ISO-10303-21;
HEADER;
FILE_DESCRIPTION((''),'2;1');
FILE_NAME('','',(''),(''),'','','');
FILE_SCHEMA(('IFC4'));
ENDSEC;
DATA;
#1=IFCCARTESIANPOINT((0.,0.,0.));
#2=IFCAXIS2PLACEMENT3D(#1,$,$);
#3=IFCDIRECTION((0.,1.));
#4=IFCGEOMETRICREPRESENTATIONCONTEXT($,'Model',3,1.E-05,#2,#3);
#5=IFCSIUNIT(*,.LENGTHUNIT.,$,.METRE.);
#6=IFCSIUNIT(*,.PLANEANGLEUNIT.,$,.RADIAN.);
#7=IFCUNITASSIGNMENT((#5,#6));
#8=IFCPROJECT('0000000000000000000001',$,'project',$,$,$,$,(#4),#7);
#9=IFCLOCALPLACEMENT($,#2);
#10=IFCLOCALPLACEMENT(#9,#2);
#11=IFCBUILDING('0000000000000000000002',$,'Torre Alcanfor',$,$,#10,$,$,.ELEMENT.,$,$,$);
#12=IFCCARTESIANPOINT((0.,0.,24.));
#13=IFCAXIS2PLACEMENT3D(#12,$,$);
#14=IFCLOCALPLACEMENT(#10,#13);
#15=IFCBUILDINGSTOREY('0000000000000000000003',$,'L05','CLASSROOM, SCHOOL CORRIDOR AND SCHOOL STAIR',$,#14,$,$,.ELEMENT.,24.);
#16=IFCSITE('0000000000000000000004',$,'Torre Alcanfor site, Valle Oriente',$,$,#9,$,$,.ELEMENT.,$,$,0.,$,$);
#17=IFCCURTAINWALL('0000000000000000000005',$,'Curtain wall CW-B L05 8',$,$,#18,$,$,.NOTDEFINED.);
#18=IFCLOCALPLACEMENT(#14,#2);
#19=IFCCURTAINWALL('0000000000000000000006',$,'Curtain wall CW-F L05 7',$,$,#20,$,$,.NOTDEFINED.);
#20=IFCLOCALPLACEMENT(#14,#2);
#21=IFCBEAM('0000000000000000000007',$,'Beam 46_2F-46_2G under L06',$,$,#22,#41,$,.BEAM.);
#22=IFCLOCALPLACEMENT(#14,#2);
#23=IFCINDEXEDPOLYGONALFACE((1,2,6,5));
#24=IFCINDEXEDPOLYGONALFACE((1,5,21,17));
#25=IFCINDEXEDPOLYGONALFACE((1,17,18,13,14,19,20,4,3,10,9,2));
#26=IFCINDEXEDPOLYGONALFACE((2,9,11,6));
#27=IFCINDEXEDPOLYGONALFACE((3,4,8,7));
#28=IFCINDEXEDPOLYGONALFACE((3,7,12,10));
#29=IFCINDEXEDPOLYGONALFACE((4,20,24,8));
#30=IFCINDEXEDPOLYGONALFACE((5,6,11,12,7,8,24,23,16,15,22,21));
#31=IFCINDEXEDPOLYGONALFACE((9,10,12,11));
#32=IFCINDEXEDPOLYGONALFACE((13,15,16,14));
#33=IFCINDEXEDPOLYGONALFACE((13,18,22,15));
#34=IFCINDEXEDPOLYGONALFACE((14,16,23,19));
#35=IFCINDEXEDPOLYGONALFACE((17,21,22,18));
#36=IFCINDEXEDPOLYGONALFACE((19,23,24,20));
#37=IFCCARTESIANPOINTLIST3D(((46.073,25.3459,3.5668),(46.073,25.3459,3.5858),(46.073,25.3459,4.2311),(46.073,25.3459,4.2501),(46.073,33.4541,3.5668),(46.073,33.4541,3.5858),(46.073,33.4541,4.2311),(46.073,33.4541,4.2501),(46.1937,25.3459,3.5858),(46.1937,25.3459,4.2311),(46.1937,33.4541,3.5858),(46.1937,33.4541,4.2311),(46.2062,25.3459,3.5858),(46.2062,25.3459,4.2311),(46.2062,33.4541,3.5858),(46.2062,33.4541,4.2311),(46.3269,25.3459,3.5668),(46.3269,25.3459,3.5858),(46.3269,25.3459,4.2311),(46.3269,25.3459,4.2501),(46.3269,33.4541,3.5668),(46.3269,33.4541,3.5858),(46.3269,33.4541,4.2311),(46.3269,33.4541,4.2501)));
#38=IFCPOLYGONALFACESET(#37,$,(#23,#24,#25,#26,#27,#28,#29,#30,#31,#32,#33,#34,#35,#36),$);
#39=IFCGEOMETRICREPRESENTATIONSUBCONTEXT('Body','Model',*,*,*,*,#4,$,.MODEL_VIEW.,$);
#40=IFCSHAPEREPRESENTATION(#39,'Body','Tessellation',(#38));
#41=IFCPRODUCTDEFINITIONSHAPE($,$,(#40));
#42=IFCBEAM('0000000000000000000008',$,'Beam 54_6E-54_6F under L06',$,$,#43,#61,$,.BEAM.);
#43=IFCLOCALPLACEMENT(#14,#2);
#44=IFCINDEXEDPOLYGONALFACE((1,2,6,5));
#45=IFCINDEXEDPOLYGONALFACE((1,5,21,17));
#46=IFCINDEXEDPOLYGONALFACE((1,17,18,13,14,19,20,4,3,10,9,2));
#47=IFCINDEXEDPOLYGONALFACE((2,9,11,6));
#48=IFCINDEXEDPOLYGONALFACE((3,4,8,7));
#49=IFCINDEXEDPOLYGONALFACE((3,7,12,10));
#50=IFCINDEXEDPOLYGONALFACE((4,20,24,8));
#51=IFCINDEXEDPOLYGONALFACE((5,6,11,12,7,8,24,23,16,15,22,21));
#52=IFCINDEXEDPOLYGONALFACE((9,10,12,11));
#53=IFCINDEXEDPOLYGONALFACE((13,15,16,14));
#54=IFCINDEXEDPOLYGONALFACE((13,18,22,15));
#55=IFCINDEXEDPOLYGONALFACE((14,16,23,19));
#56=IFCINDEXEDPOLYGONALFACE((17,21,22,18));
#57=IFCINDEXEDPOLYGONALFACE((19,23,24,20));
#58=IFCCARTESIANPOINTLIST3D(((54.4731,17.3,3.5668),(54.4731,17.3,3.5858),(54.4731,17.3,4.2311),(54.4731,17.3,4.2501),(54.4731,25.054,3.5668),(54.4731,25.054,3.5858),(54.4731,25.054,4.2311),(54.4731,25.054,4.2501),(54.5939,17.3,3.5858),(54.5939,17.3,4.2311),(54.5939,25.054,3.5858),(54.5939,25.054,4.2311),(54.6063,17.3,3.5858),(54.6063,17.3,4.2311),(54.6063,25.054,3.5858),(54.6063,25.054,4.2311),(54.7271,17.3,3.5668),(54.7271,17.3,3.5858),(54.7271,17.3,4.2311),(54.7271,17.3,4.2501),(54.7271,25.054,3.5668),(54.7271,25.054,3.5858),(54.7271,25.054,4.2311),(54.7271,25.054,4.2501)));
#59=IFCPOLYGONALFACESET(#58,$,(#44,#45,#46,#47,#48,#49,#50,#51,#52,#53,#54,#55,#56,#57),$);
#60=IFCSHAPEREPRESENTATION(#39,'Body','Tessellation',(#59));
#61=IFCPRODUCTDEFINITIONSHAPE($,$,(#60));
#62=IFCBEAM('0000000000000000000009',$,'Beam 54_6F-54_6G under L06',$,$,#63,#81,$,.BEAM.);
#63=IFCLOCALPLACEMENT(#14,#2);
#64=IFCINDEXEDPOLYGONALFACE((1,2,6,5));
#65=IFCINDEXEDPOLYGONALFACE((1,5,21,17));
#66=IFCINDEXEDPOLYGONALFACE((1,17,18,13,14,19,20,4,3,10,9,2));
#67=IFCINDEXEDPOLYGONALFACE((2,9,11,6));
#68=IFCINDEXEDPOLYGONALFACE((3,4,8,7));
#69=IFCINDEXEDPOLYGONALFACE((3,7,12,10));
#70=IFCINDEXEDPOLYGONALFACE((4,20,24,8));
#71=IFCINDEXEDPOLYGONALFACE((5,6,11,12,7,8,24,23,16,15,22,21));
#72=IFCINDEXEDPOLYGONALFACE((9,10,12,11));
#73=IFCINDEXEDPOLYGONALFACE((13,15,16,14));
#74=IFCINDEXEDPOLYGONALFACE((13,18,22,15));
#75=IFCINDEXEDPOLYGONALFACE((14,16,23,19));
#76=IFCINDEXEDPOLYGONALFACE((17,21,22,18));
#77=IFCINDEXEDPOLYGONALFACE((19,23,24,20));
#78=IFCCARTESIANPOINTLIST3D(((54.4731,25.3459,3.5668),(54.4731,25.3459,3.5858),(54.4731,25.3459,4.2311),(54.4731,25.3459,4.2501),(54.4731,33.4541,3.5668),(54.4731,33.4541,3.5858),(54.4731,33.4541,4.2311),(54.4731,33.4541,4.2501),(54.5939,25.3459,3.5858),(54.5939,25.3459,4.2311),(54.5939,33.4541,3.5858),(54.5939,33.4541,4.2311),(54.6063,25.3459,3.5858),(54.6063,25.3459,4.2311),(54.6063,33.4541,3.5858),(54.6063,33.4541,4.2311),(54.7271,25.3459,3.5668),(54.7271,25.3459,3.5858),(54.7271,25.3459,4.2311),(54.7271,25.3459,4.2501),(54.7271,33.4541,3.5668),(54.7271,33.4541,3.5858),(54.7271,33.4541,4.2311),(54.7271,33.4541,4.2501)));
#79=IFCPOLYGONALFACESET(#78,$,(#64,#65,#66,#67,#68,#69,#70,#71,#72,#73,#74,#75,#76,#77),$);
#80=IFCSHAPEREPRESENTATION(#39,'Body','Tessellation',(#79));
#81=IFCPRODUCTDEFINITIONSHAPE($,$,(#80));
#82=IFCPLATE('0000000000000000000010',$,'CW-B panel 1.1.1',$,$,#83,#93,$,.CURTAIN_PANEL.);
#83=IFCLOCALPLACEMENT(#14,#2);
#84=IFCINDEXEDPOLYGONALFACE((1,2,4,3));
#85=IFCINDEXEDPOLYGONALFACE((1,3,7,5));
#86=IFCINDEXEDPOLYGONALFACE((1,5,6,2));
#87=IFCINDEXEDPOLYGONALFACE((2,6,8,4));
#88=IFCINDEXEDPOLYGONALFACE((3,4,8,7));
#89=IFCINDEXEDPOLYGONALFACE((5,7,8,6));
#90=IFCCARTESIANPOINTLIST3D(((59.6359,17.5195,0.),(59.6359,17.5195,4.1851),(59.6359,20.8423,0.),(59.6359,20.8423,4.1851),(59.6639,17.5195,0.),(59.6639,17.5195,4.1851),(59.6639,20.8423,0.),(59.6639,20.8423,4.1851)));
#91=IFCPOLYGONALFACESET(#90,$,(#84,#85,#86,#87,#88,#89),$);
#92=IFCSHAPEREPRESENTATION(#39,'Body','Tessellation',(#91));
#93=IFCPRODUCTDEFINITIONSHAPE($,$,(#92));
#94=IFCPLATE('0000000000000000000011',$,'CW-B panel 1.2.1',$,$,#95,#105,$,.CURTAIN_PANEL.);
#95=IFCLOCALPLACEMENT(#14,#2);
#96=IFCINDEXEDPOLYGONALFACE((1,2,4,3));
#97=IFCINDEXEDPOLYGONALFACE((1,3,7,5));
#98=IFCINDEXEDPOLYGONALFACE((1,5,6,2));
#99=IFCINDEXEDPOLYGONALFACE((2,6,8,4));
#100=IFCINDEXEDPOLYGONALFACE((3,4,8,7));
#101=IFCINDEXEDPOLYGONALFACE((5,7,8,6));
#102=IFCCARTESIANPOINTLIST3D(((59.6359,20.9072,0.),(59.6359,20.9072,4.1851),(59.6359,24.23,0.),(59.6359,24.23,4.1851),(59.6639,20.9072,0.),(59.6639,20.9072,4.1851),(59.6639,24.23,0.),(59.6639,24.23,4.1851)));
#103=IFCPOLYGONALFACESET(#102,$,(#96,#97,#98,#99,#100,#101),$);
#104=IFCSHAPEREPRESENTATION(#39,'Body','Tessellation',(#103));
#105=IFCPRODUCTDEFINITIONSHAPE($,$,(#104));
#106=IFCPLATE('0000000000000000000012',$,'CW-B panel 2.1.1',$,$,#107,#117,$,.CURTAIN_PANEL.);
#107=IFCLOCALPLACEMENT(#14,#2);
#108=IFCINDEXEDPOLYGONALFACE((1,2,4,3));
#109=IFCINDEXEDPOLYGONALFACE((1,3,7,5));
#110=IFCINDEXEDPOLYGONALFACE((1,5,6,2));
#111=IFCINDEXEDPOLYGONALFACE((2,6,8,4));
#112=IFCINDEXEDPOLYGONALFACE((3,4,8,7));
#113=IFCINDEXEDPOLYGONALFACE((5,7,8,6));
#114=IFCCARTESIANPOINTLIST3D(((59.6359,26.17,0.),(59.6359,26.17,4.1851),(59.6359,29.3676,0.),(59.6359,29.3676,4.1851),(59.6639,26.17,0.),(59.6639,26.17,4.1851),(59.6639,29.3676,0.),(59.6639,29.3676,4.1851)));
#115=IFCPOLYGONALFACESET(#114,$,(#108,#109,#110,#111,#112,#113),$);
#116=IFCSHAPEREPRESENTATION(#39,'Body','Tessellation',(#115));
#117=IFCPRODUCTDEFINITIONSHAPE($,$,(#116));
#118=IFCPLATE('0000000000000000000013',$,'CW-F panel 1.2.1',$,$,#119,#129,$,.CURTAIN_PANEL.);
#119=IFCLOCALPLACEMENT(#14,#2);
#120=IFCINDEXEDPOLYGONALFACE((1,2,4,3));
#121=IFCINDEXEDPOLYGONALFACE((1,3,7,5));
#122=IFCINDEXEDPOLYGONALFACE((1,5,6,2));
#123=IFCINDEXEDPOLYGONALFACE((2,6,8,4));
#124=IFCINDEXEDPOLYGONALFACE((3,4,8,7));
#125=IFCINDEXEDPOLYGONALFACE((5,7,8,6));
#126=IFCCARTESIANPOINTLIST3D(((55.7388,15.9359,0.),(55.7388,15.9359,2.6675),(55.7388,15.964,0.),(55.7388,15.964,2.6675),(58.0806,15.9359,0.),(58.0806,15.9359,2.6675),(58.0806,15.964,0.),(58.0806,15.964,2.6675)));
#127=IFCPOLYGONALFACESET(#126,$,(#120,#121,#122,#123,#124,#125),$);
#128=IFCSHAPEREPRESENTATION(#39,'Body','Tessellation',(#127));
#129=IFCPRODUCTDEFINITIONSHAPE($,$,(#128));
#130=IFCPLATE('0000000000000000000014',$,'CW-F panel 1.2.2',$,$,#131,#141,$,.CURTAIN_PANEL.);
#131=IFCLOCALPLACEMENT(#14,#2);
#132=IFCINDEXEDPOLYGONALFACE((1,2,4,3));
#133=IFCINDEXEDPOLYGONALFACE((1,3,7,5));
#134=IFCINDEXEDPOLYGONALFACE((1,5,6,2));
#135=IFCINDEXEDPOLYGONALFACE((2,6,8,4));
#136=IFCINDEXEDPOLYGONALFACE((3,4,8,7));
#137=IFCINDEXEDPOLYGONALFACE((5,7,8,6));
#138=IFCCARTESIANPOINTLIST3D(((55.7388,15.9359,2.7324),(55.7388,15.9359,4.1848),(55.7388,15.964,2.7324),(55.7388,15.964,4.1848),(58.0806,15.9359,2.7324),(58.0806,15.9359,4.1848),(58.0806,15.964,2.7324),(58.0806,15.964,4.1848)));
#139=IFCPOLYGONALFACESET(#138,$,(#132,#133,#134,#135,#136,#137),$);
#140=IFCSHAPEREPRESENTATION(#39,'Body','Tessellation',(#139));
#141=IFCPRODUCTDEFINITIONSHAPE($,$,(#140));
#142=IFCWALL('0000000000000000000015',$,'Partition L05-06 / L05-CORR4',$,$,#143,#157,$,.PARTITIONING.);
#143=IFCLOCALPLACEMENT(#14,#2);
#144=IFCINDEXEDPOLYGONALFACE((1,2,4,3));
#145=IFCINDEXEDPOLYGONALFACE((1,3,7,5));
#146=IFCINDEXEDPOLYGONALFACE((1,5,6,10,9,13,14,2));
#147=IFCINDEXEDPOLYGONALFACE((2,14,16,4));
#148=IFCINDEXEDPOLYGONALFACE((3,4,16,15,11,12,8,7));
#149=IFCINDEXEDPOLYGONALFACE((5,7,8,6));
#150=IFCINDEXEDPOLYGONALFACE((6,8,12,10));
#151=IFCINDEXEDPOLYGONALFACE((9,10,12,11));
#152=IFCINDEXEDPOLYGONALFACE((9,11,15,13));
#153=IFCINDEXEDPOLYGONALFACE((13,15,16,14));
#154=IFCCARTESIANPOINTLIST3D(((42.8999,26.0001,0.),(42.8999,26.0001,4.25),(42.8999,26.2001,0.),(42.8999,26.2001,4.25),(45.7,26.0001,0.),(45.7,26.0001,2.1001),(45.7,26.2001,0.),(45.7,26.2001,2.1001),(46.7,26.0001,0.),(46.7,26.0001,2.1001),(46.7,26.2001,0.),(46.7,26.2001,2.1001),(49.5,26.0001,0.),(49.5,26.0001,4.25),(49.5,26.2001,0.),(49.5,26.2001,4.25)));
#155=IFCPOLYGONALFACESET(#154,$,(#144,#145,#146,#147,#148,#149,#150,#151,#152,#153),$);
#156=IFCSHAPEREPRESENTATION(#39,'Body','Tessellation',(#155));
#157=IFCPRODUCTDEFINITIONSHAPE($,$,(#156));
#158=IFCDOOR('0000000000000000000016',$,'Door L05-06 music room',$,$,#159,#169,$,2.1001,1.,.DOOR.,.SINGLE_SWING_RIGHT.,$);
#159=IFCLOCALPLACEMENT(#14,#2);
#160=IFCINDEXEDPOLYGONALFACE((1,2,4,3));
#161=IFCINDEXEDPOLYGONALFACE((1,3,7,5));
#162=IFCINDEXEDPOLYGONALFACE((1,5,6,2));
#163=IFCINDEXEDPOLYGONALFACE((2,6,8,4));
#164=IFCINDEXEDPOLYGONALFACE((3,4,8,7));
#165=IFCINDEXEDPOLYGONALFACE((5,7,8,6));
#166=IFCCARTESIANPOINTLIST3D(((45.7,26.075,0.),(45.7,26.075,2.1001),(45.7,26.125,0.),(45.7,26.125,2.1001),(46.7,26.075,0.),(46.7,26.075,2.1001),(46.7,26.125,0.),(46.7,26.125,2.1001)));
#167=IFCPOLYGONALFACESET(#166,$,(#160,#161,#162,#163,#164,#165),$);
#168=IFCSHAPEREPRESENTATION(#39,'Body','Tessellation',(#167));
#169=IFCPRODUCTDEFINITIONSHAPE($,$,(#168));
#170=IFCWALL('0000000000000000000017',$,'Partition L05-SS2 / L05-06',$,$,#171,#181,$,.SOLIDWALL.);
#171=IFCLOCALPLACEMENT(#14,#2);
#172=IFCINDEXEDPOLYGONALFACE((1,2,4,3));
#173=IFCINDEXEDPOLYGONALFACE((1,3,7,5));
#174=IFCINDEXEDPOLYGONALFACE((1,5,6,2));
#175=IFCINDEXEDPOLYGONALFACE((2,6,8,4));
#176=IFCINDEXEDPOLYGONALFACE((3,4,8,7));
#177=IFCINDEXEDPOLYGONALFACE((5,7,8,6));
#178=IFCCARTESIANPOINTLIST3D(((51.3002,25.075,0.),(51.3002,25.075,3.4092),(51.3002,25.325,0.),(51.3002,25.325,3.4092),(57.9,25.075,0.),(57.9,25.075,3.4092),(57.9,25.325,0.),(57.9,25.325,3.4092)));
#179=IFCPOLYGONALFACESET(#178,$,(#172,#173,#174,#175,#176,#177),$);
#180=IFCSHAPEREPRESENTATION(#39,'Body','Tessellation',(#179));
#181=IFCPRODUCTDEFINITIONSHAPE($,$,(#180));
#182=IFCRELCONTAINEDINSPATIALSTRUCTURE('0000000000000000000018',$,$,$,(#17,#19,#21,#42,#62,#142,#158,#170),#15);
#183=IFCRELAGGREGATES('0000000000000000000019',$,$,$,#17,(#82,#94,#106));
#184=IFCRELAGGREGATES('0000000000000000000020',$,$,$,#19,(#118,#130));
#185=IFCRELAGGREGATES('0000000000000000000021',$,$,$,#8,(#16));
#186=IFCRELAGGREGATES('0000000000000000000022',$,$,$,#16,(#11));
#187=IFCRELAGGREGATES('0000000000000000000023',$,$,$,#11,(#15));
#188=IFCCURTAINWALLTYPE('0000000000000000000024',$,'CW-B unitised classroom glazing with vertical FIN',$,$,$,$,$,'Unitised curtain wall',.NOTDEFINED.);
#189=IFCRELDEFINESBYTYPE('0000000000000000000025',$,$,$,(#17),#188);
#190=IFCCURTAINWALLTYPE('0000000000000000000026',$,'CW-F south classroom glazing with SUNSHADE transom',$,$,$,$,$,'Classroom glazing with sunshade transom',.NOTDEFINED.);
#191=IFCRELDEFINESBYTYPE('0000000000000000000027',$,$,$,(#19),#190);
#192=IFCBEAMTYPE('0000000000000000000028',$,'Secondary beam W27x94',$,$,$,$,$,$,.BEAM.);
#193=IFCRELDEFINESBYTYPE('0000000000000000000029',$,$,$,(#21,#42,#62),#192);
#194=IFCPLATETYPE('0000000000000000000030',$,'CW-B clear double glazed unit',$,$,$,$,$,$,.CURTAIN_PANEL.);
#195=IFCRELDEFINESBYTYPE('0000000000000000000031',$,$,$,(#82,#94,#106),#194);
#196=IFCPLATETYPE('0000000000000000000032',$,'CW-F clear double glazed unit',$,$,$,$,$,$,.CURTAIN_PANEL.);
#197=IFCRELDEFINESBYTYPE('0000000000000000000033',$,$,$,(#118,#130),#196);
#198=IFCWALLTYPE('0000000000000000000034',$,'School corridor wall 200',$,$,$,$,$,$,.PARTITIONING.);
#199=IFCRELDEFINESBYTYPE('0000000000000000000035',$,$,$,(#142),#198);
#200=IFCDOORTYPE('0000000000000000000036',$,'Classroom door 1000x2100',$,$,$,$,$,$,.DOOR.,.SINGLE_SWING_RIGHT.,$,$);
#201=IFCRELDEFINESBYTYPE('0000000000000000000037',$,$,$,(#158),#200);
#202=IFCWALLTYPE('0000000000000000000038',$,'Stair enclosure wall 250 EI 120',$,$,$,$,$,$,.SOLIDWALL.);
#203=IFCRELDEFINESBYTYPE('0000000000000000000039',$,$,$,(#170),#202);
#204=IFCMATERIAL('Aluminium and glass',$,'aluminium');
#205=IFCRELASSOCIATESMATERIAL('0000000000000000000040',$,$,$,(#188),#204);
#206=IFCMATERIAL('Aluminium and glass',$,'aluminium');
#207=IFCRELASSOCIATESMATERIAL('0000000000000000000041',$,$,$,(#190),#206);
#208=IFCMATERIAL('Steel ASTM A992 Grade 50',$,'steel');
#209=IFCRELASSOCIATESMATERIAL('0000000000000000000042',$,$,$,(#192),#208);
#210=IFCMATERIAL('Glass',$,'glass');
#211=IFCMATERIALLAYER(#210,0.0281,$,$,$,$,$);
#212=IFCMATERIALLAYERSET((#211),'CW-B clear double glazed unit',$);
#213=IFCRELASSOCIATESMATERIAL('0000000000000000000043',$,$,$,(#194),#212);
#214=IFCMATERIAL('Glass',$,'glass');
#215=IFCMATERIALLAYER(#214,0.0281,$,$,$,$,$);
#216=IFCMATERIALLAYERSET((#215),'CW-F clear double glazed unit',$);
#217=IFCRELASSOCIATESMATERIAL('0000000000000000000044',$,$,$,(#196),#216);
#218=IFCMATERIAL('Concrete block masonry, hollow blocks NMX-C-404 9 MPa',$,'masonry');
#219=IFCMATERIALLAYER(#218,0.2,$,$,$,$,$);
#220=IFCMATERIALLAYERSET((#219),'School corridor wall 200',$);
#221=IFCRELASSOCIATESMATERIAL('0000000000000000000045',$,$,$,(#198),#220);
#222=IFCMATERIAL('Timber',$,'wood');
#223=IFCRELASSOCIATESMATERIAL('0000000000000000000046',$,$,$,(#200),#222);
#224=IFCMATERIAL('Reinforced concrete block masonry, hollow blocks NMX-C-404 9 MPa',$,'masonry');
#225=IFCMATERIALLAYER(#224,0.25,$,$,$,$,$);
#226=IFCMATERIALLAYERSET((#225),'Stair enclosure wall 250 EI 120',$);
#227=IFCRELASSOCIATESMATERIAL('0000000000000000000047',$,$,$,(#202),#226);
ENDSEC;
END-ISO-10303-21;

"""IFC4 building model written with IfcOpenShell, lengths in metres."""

from ifc_helpers import new_model, si_unit, direction, frame, frame_2d, origin, origin_2d, place, context, subcontext, project, spatial, rectangle, i_section, extrude, material, layer, layer_set, material_profile, profile_set, type_object, element, fill, aggregate, save


model = new_model("IFC4")

# Units and contexts
model_context = context("Model", 3, precision=1e-05, world=origin(), true_north=direction((0.0, 1.0)))
body_context = subcontext(model_context, "Body", "Model", "MODEL_VIEW")
ifc_project = project(units=[si_unit("LENGTHUNIT", "METRE"), si_unit("PLANEANGLEUNIT", "RADIAN")], contexts=[model_context])

# Site, building, storey
site_placement = place(None, origin())
site = spatial("IfcSite", under=ifc_project, at=site_placement, Name="Torre Alcanfor site, Valle Oriente", CompositionType="ELEMENT", RefElevation=0.0)
building_placement = place(site_placement, origin())
building = spatial("IfcBuilding", under=site, at=building_placement, Name="Torre Alcanfor", CompositionType="ELEMENT")
storey_placement = place(building_placement, frame((0.0, 0.0, 24.0)))
storey = spatial("IfcBuildingStorey", under=building, at=storey_placement, Name="L05", Description="CLASSROOM, SCHOOL CORRIDOR AND SCHOOL STAIR", CompositionType="ELEMENT", Elevation=24.0)

# Curtain walls
ifc_material_1 = material(Name="Aluminium and glass", Category="aluminium")
curtain_wall_type_1 = type_object("IfcCurtainWallType", Name="CW-B unitised classroom glazing with vertical FIN", ElementType="Unitised curtain wall", PredefinedType="NOTDEFINED", material=ifc_material_1)
curtain_wall_1_placement = place(storey_placement, origin())
curtain_wall_1 = element("IfcCurtainWall", 1, at=curtain_wall_1_placement, inside=storey, type_object=curtain_wall_type_1, Name="Curtain wall CW-B L05 8", PredefinedType="NOTDEFINED")
ifc_material_2 = material(Name="Aluminium and glass", Category="aluminium")
curtain_wall_type_2 = type_object("IfcCurtainWallType", Name="CW-F south classroom glazing with SUNSHADE transom", ElementType="Classroom glazing with sunshade transom", PredefinedType="NOTDEFINED", material=ifc_material_2)
curtain_wall_2_placement = place(storey_placement, origin())
curtain_wall_2 = element("IfcCurtainWall", 2, at=curtain_wall_2_placement, inside=storey, type_object=curtain_wall_type_2, Name="Curtain wall CW-F L05 7", PredefinedType="NOTDEFINED")

# Beams
ifc_material_3 = material(Name="Steel ASTM A992 Grade 50", Category="steel")
ifc_material_profile_1 = material_profile(ifc_material_3, i_section(OverallWidth=0.2539, OverallDepth=0.6833, WebThickness=0.0125, FlangeThickness=0.019, at=origin_2d()), Name="W27x94")
ifc_profile_set_1 = profile_set([ifc_material_profile_1], Name="Steel ASTM A992 Grade 50")
beam_type_1 = type_object("IfcBeamType", Name="Secondary beam W27x94", PredefinedType="BEAM", material=ifc_profile_set_1)
beam_1_placement = place(storey_placement, frame((46.2, 25.3459, 3.9084), z_axis=(0.0, 1.0, 0.0), x_axis=(-1.0, 0.0, 0.0)))
element("IfcBeam", 3, at=beam_1_placement, inside=storey, type_object=beam_type_1, Name="Beam 46_2F-46_2G under L06", PredefinedType="BEAM", context=body_context, shape_type="SweptSolid", body=[
    extrude(i_section(OverallWidth=0.2539, OverallDepth=0.6833, WebThickness=0.0125, FlangeThickness=0.019, at=origin_2d()), origin(), (0.0, 0.0, 1.0), 8.1082),
])
beam_2_placement = place(storey_placement, frame((54.6001, 17.3, 3.9084), z_axis=(0.0, 1.0, 0.0), x_axis=(-1.0, 0.0, 0.0)))
element("IfcBeam", 4, at=beam_2_placement, inside=storey, type_object=beam_type_1, Name="Beam 54_6E-54_6F under L06", PredefinedType="BEAM", context=body_context, shape_type="SweptSolid", body=[
    extrude(i_section(OverallWidth=0.2539, OverallDepth=0.6833, WebThickness=0.0125, FlangeThickness=0.019, at=origin_2d()), origin(), (0.0, 0.0, 1.0), 7.7539),
])
beam_3_placement = place(storey_placement, frame((54.6001, 25.3459, 3.9084), z_axis=(0.0, 1.0, 0.0), x_axis=(-1.0, 0.0, 0.0)))
element("IfcBeam", 5, at=beam_3_placement, inside=storey, type_object=beam_type_1, Name="Beam 54_6F-54_6G under L06", PredefinedType="BEAM", context=body_context, shape_type="SweptSolid", body=[
    extrude(i_section(OverallWidth=0.2539, OverallDepth=0.6833, WebThickness=0.0125, FlangeThickness=0.019, at=origin_2d()), origin(), (0.0, 0.0, 1.0), 8.1082),
])

# Plates
ifc_material_4 = material(Name="Glass", Category="glass")
ifc_layer_1 = layer(ifc_material_4, 0.0281)
ifc_layer_set_1 = layer_set([ifc_layer_1], Name="CW-B clear double glazed unit")
plate_type_1 = type_object("IfcPlateType", Name="CW-B clear double glazed unit", PredefinedType="CURTAIN_PANEL", material=ifc_layer_set_1)
plate_1_placement = place(storey_placement, frame((59.6499, 19.1809, 0.0), z_axis=(0.0, 0.0, 1.0), x_axis=(0.0, 1.0, 0.0)))
plate_1 = element("IfcPlate", 6, at=plate_1_placement, type_object=plate_type_1, Name="CW-B panel 1.1.1", PredefinedType="CURTAIN_PANEL", context=body_context, shape_type="SweptSolid", body=[
    extrude(rectangle(XDim=3.3228, YDim=0.0281, at=origin_2d()), origin(), (0.0, 0.0, 1.0), 4.1851),
])
plate_2_placement = place(storey_placement, frame((59.6499, 22.5686, 0.0), z_axis=(0.0, 0.0, 1.0), x_axis=(0.0, 1.0, 0.0)))
plate_2 = element("IfcPlate", 7, at=plate_2_placement, type_object=plate_type_1, Name="CW-B panel 1.2.1", PredefinedType="CURTAIN_PANEL", context=body_context, shape_type="SweptSolid", body=[
    extrude(rectangle(XDim=3.3228, YDim=0.0281, at=origin_2d()), origin(), (0.0, 0.0, 1.0), 4.1851),
])
plate_3_placement = place(storey_placement, frame((59.6499, 27.7688, 0.0), z_axis=(0.0, 0.0, 1.0), x_axis=(0.0, 1.0, 0.0)))
plate_3 = element("IfcPlate", 8, at=plate_3_placement, type_object=plate_type_1, Name="CW-B panel 2.1.1", PredefinedType="CURTAIN_PANEL", context=body_context, shape_type="SweptSolid", body=[
    extrude(rectangle(XDim=3.1975, YDim=0.0281, at=origin_2d()), origin(), (0.0, 0.0, 1.0), 4.1851),
])
aggregate(curtain_wall_1, [plate_1, plate_2, plate_3])
ifc_material_5 = material(Name="Glass", Category="glass")
ifc_layer_2 = layer(ifc_material_5, 0.0281)
ifc_layer_set_2 = layer_set([ifc_layer_2], Name="CW-F clear double glazed unit")
plate_type_2 = type_object("IfcPlateType", Name="CW-F clear double glazed unit", PredefinedType="CURTAIN_PANEL", material=ifc_layer_set_2)
plate_4_placement = place(storey_placement, frame((56.9097, 15.95, 0.0), z_axis=(0.0, 0.0, 1.0), x_axis=(1.0, 0.0, 0.0)))
plate_4 = element("IfcPlate", 9, at=plate_4_placement, type_object=plate_type_2, Name="CW-F panel 1.2.1", PredefinedType="CURTAIN_PANEL", context=body_context, shape_type="SweptSolid", body=[
    extrude(rectangle(XDim=2.3418, YDim=0.0281, at=origin_2d()), origin(), (0.0, 0.0, 1.0), 2.6675),
])
plate_5_placement = place(storey_placement, frame((56.9097, 15.95, 2.7324), z_axis=(0.0, 0.0, 1.0), x_axis=(1.0, 0.0, 0.0)))
plate_5 = element("IfcPlate", 10, at=plate_5_placement, type_object=plate_type_2, Name="CW-F panel 1.2.2", PredefinedType="CURTAIN_PANEL", context=body_context, shape_type="SweptSolid", body=[
    extrude(rectangle(XDim=2.3418, YDim=0.0281, at=origin_2d()), origin(), (0.0, 0.0, 1.0), 1.4524),
])
aggregate(curtain_wall_2, [plate_4, plate_5])

# Wall, opening, door
ifc_material_6 = material(Name="Concrete block masonry, hollow blocks NMX-C-404 9 MPa", Category="masonry")
ifc_layer_3 = layer(ifc_material_6, 0.2)
ifc_layer_set_3 = layer_set([ifc_layer_3], Name="School corridor wall 200")
wall_type_1 = type_object("IfcWallType", Name="School corridor wall 200", PredefinedType="PARTITIONING", material=ifc_layer_set_3)
wall_1_placement = place(storey_placement, frame((42.8999, 26.1001, 0.0), z_axis=(0.0, 0.0, 1.0), x_axis=(1.0, 0.0, 0.0)))
wall_1 = element("IfcWall", 11, at=wall_1_placement, inside=storey, type_object=wall_type_1, Name="Partition L05-06 / L05-CORR4", PredefinedType="PARTITIONING", context=body_context, shape_type="SweptSolid", body=[
    extrude(rectangle(XDim=6.6001, YDim=0.2, at=frame_2d((3.3, 0.0))), origin(), (0.0, 0.0, 1.0), 4.25),
])
opening_1_placement = place(wall_1_placement, frame((2.8, 0.0, 0.0)))
opening_1 = element("IfcOpeningElement", 12, at=opening_1_placement, cuts=wall_1, PredefinedType="OPENING", context=body_context, shape_type="SweptSolid", body=[
    extrude(rectangle(XDim=1.0, YDim=2.1001, at=frame_2d((0.5, 1.05))), frame((0.0, 0.1099, 0.0), z_axis=(0.0, -1.0, 0.0), x_axis=(1.0, 0.0, 0.0)), (0.0, 0.0, 1.0), 0.22),
])
ifc_material_7 = material(Name="Timber", Category="wood")
door_type_1 = type_object("IfcDoorType", Name="Classroom door 1000x2100", OperationType="SINGLE_SWING_RIGHT", PredefinedType="DOOR", material=ifc_material_7)
door_1_placement = place(opening_1_placement, frame((1.0, 0.0, 0.0), z_axis=(0.0, 0.0, 1.0), x_axis=(-1.0, 0.0, 0.0)))
door_1 = element("IfcDoor", 13, at=door_1_placement, inside=storey, type_object=door_type_1, Name="Door L05-06 music room", OperationType="SINGLE_SWING_RIGHT", OverallHeight=2.1001, OverallWidth=1.0, PredefinedType="DOOR", context=body_context, shape_type="SweptSolid", body=[
    extrude(rectangle(XDim=1.0, YDim=2.1001, at=frame_2d((0.5, 1.05))), frame((0.0, 0.0251, 0.0), z_axis=(0.0, -1.0, 0.0), x_axis=(1.0, 0.0, 0.0)), (0.0, 0.0, 1.0), 0.05),
])
fill(opening_1, door_1)

# Wall
ifc_material_8 = material(Name="Reinforced concrete block masonry, hollow blocks NMX-C-404 9 MPa", Category="masonry")
ifc_layer_4 = layer(ifc_material_8, 0.25)
ifc_layer_set_4 = layer_set([ifc_layer_4], Name="Stair enclosure wall 250 EI 120")
wall_type_2 = type_object("IfcWallType", Name="Stair enclosure wall 250 EI 120", PredefinedType="SOLIDWALL", material=ifc_layer_set_4)
wall_2_placement = place(storey_placement, frame((57.8999, 25.2, 0.0), z_axis=(0.0, 0.0, 1.0), x_axis=(-1.0, 0.0, 0.0)))
element("IfcWall", 14, at=wall_2_placement, inside=storey, type_object=wall_type_2, Name="Partition L05-SS2 / L05-06", PredefinedType="SOLIDWALL", context=body_context, shape_type="SweptSolid", body=[
    extrude(rectangle(XDim=6.5999, YDim=0.25, at=frame_2d((3.2998, 0.0))), origin(), (0.0, 0.0, 1.0), 3.4092),
])

save(model, "model.ifc")
